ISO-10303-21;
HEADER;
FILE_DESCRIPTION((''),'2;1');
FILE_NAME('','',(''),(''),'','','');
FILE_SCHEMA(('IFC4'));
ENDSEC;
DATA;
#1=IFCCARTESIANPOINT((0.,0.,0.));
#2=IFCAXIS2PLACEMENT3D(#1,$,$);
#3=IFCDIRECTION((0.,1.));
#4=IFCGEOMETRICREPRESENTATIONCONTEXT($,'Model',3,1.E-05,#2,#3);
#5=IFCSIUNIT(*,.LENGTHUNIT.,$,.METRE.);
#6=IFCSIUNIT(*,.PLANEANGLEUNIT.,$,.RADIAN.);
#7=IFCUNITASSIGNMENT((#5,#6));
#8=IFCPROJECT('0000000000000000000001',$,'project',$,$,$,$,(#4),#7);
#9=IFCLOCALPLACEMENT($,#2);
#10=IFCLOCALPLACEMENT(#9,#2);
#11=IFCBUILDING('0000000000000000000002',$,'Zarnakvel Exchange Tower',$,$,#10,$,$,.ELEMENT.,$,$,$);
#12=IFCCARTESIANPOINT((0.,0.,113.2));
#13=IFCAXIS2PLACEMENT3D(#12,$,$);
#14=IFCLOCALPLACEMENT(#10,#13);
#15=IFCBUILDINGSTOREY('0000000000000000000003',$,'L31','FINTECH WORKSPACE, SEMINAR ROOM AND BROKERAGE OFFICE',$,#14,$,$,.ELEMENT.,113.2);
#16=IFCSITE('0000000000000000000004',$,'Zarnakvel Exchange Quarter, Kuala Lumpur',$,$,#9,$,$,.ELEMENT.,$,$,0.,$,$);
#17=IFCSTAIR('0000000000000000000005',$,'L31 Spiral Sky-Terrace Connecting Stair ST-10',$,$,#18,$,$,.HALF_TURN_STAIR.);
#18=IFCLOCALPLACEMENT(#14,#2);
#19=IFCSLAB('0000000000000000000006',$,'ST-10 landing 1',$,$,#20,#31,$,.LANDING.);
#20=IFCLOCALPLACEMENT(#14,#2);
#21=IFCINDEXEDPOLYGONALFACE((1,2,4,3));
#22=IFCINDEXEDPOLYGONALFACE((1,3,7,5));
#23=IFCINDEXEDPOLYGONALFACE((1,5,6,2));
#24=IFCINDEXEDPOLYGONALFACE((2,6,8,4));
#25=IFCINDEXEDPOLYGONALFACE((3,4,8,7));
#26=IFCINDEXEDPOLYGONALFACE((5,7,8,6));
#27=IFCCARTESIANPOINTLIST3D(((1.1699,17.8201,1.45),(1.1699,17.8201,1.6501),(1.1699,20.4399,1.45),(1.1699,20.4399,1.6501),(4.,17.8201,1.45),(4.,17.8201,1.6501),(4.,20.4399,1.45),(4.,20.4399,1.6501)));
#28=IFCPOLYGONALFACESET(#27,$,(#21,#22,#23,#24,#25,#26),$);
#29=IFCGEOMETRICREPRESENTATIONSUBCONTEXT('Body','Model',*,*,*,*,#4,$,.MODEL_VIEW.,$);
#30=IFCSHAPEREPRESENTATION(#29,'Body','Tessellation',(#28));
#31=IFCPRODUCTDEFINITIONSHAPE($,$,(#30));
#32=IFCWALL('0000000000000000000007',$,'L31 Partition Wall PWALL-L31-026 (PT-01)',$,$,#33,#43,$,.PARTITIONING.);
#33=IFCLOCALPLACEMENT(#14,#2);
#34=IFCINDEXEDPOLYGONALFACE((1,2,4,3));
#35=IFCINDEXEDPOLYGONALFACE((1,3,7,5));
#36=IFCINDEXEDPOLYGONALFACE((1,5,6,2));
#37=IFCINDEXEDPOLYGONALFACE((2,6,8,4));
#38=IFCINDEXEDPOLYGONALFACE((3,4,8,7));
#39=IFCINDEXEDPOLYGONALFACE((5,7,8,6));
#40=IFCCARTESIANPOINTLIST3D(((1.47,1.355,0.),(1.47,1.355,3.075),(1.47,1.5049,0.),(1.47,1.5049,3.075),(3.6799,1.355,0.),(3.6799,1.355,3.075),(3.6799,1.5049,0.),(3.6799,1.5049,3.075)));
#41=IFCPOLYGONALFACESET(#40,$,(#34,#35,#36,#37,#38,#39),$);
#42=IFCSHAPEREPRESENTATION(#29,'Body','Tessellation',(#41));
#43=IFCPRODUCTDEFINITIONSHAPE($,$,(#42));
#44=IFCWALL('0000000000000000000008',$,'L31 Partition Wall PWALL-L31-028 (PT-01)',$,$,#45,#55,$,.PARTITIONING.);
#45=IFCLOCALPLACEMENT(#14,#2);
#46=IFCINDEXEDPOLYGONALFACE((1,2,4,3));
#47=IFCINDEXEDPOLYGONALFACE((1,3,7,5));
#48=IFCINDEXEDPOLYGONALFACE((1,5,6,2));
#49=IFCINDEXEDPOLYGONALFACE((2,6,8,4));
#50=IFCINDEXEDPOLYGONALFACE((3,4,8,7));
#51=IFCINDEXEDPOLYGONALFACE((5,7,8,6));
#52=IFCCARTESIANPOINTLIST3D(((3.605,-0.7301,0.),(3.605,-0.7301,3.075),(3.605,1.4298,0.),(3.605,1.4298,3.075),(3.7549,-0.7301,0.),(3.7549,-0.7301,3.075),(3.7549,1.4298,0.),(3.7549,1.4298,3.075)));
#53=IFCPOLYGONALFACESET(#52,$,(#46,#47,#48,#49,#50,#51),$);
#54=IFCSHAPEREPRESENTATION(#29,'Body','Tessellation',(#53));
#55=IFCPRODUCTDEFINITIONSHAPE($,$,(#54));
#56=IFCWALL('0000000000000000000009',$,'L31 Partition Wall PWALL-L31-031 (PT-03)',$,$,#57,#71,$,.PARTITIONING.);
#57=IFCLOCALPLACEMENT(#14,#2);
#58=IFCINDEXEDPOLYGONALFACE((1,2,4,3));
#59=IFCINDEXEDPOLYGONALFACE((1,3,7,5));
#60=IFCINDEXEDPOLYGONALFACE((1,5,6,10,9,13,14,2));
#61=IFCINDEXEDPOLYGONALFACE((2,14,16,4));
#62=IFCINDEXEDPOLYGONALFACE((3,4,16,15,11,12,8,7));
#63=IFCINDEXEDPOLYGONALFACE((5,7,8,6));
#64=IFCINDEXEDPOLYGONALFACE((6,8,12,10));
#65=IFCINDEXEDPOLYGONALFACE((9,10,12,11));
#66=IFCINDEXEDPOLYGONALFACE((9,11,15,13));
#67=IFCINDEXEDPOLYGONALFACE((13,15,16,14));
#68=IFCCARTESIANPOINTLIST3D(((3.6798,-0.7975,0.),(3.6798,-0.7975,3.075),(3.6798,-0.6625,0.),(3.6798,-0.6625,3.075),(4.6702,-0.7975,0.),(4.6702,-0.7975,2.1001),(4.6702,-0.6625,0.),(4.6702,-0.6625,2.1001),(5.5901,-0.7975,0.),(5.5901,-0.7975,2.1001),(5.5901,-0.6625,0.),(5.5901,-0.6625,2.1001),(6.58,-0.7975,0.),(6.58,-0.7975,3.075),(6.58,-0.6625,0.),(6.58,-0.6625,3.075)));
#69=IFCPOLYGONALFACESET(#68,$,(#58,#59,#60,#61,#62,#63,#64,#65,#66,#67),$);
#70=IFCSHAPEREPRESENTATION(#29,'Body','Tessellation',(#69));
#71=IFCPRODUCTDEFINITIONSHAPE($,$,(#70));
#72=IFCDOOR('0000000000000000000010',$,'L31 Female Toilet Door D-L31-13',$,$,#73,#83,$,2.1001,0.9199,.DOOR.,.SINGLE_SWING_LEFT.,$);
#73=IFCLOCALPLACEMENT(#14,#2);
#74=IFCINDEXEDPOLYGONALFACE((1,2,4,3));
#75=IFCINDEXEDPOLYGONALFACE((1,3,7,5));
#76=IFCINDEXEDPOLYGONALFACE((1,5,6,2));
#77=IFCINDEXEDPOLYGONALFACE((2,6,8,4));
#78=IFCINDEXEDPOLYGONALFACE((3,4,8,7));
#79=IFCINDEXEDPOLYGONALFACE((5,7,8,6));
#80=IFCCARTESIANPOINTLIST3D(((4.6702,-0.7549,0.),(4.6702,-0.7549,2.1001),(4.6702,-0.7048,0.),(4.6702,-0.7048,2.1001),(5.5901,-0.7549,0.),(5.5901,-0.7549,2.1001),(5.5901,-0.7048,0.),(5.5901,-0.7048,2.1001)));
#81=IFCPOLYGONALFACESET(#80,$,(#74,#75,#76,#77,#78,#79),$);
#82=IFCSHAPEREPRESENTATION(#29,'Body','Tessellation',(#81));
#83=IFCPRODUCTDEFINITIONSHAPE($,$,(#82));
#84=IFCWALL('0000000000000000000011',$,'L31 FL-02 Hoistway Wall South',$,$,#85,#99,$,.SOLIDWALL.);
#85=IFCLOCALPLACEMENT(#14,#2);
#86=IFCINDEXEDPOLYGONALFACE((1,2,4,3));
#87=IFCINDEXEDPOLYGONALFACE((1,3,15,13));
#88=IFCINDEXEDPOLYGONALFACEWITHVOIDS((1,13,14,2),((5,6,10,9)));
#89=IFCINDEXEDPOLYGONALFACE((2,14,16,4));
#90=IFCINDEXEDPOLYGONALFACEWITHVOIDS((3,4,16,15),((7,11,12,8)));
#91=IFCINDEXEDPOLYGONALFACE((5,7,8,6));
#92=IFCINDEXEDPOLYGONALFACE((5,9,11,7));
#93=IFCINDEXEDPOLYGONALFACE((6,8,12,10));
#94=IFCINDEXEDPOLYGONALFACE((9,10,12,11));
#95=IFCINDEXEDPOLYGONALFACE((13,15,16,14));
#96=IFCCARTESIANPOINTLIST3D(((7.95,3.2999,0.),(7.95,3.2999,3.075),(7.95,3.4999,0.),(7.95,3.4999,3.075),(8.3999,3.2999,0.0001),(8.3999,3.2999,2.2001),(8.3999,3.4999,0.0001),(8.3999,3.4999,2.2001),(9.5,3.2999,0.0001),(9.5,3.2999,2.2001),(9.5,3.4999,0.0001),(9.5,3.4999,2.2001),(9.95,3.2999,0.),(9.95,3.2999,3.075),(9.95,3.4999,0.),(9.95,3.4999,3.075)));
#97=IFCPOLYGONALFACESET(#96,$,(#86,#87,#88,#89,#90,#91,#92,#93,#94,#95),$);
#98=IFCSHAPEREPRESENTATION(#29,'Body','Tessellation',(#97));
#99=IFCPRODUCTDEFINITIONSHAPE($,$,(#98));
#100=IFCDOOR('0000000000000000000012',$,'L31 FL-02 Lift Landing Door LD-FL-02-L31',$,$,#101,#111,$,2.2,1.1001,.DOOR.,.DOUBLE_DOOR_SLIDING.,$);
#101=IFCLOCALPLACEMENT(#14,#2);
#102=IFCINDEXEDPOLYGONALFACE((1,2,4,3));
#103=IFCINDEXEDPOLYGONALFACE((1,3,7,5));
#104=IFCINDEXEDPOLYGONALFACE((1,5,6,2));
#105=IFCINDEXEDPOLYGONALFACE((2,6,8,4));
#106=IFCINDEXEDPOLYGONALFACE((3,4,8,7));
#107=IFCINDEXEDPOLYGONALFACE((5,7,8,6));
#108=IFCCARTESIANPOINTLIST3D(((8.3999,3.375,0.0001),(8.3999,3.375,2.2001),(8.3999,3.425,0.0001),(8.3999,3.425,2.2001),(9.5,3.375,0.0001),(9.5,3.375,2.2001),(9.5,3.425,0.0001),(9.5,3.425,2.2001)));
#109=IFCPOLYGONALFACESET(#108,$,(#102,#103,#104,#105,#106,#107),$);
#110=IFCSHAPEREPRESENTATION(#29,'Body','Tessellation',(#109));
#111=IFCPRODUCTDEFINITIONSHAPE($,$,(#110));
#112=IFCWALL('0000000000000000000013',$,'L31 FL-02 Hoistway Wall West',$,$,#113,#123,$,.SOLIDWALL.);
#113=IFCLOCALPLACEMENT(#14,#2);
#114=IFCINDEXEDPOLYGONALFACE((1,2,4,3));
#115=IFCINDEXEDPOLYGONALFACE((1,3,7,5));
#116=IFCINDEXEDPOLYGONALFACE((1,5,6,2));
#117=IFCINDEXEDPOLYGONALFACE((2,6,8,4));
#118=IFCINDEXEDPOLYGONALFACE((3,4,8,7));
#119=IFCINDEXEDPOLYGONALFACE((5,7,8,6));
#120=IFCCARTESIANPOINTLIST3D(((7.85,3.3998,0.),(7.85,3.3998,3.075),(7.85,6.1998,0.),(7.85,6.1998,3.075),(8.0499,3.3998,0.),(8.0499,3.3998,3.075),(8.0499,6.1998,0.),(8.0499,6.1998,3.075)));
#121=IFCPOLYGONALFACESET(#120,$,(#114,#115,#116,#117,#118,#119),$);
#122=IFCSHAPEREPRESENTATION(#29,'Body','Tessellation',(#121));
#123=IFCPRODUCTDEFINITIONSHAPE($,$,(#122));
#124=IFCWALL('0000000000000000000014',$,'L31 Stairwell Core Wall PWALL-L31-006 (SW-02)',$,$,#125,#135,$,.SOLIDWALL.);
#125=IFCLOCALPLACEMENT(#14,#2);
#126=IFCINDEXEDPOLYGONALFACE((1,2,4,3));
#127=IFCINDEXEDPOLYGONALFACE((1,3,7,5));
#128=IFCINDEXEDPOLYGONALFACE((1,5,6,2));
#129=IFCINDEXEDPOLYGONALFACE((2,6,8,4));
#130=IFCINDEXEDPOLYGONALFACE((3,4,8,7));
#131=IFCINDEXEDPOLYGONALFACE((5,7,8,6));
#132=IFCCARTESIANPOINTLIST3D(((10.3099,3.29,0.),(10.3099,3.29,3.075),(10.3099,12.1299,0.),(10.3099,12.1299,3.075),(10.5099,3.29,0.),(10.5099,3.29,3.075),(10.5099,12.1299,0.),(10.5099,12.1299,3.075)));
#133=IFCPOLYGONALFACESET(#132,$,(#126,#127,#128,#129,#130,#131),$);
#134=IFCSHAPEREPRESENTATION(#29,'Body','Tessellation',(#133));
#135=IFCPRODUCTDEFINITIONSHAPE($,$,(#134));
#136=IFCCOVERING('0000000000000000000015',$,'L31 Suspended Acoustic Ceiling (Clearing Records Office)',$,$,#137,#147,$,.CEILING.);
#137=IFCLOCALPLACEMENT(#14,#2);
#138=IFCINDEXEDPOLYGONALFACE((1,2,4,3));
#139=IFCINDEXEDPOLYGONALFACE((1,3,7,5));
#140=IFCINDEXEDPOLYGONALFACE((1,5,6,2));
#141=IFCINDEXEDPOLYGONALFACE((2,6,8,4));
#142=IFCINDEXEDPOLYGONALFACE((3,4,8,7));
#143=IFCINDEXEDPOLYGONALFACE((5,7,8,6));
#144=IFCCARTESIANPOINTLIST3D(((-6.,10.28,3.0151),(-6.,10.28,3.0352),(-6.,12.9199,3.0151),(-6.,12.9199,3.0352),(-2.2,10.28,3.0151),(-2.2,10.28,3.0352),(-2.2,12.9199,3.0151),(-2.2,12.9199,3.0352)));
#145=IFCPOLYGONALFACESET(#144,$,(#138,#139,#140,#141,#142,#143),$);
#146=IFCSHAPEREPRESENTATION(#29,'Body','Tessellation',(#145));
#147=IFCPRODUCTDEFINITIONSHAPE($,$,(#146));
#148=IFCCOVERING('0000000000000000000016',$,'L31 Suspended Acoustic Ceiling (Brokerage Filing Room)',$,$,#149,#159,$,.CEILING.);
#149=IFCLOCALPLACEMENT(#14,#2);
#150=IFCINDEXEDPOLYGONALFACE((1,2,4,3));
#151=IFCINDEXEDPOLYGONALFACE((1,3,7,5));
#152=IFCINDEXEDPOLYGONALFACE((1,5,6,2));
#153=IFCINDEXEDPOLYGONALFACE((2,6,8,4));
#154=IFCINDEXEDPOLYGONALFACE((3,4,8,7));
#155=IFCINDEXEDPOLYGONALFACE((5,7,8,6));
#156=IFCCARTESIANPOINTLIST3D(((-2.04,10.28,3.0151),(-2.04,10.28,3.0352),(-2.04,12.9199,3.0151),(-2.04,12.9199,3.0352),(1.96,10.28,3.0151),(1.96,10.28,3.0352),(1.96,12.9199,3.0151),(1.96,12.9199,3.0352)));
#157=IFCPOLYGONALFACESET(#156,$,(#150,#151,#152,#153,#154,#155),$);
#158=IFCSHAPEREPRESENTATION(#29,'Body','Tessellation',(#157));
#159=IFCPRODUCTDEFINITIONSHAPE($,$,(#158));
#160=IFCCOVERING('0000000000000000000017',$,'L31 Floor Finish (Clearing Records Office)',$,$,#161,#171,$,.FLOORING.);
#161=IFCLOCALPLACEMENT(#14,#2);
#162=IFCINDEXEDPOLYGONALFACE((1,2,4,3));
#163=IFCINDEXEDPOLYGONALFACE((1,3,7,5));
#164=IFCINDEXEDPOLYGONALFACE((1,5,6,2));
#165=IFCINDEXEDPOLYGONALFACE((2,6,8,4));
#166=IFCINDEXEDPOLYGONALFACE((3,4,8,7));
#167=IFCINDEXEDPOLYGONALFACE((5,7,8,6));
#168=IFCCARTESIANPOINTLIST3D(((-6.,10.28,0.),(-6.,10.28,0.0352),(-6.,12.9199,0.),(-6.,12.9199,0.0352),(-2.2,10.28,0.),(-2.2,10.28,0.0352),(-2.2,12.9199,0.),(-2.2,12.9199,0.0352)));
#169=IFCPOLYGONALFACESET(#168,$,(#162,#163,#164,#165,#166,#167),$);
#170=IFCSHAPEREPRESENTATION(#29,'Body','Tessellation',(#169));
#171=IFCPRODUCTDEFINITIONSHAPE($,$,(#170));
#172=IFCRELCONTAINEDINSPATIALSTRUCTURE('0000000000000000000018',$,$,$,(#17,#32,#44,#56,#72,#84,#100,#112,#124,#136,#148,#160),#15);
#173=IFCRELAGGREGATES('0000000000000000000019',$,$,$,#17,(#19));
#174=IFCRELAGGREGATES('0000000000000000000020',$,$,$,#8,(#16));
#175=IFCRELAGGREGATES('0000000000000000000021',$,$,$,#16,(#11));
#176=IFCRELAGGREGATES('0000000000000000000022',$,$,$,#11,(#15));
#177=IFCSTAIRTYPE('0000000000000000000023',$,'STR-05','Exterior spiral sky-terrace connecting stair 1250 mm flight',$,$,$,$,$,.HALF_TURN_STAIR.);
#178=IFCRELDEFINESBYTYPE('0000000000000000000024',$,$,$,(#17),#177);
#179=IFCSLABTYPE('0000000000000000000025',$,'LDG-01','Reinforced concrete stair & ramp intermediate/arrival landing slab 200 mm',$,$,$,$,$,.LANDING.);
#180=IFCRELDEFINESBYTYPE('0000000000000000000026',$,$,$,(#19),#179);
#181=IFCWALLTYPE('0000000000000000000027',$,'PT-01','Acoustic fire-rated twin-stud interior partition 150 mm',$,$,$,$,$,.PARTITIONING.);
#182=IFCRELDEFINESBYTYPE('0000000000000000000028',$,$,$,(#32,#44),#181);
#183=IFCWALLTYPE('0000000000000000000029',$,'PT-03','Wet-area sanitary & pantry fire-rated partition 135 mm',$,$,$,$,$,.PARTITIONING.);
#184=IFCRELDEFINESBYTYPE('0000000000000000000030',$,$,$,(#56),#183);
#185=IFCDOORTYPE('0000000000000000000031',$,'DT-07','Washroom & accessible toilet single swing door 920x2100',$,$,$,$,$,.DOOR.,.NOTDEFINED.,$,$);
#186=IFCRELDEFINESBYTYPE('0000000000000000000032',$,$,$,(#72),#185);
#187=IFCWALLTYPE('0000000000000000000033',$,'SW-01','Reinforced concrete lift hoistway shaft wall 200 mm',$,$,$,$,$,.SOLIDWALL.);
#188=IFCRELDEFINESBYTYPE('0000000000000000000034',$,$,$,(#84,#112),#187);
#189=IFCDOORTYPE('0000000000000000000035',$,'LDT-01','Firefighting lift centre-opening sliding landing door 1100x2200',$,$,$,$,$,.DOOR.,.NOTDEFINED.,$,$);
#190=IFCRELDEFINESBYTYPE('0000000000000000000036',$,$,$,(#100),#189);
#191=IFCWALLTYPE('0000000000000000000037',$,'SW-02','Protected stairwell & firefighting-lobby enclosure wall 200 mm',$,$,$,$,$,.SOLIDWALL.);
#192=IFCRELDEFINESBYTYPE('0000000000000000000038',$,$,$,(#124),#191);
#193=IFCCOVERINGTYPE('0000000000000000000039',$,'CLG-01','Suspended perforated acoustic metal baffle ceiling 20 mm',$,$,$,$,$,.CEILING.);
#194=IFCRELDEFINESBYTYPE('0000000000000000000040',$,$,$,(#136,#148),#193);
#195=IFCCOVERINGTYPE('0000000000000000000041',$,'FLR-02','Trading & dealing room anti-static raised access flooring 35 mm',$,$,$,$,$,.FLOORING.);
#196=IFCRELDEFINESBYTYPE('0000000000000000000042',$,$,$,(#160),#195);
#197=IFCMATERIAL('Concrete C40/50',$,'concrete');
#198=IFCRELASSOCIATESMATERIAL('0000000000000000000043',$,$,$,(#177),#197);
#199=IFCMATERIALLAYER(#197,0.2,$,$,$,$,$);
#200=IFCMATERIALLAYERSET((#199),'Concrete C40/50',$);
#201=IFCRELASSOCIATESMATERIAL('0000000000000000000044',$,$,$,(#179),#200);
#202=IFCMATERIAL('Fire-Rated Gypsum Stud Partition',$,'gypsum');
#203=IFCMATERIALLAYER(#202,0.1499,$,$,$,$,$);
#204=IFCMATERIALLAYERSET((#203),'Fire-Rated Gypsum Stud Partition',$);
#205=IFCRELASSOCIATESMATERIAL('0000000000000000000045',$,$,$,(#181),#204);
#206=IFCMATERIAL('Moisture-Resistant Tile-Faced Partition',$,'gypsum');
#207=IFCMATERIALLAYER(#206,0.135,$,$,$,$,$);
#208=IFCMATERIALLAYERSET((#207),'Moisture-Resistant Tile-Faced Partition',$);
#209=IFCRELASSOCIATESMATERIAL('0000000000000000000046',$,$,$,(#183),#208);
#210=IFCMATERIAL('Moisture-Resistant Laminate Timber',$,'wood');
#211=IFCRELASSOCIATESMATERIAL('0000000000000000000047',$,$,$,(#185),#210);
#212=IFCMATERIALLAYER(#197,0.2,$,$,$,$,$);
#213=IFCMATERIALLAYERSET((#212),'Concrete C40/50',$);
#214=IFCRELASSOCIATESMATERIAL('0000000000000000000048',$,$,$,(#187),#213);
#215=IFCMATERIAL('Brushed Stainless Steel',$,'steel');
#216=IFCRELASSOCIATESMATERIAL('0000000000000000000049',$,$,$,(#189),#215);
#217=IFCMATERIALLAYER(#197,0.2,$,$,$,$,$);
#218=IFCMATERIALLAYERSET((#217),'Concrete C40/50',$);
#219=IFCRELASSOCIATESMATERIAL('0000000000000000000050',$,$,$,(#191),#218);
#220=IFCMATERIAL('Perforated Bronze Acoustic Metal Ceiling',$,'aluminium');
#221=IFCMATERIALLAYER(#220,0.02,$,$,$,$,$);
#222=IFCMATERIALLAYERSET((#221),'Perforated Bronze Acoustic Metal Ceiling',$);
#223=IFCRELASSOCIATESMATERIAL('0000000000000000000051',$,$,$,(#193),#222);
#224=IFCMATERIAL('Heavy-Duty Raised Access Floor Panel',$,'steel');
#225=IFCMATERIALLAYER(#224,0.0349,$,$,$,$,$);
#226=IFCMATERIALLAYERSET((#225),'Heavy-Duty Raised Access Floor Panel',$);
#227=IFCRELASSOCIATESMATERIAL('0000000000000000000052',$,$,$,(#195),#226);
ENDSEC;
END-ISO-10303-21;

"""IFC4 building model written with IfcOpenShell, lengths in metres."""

from ifc_helpers import new_model, si_unit, direction, frame, frame_2d, origin, place, context, subcontext, project, spatial, polyline, rectangle, outline, extrude, source, transform, mapped, material, layer, layer_set, type_object, element, fill, aggregate, save


model = new_model("IFC4")

# Units and contexts
model_context = context("Model", 3, precision=1e-05, world=origin(), true_north=direction((0.0, 1.0)))
body_context = subcontext(model_context, "Body", "Model", "MODEL_VIEW")
ifc_project = project(units=[si_unit("LENGTHUNIT", "METRE"), si_unit("PLANEANGLEUNIT", "RADIAN")], contexts=[model_context])

# Site, building, storey
site_placement = place(None, origin())
site = spatial("IfcSite", under=ifc_project, at=site_placement, Name="Zarnakvel Exchange Quarter, Kuala Lumpur", CompositionType="ELEMENT", RefElevation=0.0)
building_placement = place(site_placement, origin())
building = spatial("IfcBuilding", under=site, at=building_placement, Name="Zarnakvel Exchange Tower", CompositionType="ELEMENT")
storey_placement = place(building_placement, frame((0.0, 0.0, 113.2)))
storey = spatial("IfcBuildingStorey", under=building, at=storey_placement, Name="L31", Description="FINTECH WORKSPACE, SEMINAR ROOM AND BROKERAGE OFFICE", CompositionType="ELEMENT", Elevation=113.2)

# Stair, slab
ifc_material_1 = material(Name="Concrete C40/50", Category="concrete")
stair_type = type_object("IfcStairType", Name="STR-05", Description="Exterior spiral sky-terrace connecting stair 1250 mm flight", PredefinedType="HALF_TURN_STAIR", material=ifc_material_1)
stair_placement = place(storey_placement, origin())
stair = element("IfcStair", 1, at=stair_placement, inside=storey, type_object=stair_type, Name="L31 Spiral Sky-Terrace Connecting Stair ST-10", PredefinedType="HALF_TURN_STAIR")
ifc_layer_1 = layer(ifc_material_1, 0.2)
ifc_layer_set_1 = layer_set([ifc_layer_1], Name="Concrete C40/50")
slab_type = type_object("IfcSlabType", Name="LDG-01", Description="Reinforced concrete stair & ramp intermediate/arrival landing slab 200 mm", PredefinedType="LANDING", material=ifc_layer_set_1)
slab_placement = place(storey_placement, frame((0.0, 0.0, 1.45)))
slab = element("IfcSlab", 2, at=slab_placement, type_object=slab_type, Name="ST-10 landing 1", PredefinedType="LANDING", context=body_context, shape_type="SweptSolid", body=[
    extrude(outline(polyline([(1.1699, 17.8201), (4.0, 17.8201), (4.0, 20.4399), (1.1699, 20.4399), (1.1699, 17.8201)])), origin(), (0.0, 0.0, 1.0), 0.2002),
])
aggregate(stair, [slab])

# Walls
ifc_material_2 = material(Name="Fire-Rated Gypsum Stud Partition", Category="gypsum")
ifc_layer_2 = layer(ifc_material_2, 0.1499)
ifc_layer_set_2 = layer_set([ifc_layer_2], Name="Fire-Rated Gypsum Stud Partition")
wall_type_1 = type_object("IfcWallType", Name="PT-01", Description="Acoustic fire-rated twin-stud interior partition 150 mm", PredefinedType="PARTITIONING", material=ifc_layer_set_2)
wall_1_placement = place(storey_placement, frame((1.47, 1.4299, 0.0), z_axis=(0.0, 0.0, 1.0), x_axis=(1.0, 0.0, 0.0)))
element("IfcWall", 3, at=wall_1_placement, inside=storey, type_object=wall_type_1, Name="L31 Partition Wall PWALL-L31-026 (PT-01)", PredefinedType="PARTITIONING", context=body_context, shape_type="SweptSolid", body=[
    extrude(rectangle(XDim=2.21, YDim=0.1499, at=frame_2d((1.105, 0.0))), origin(), (0.0, 0.0, 1.0), 3.075),
])
wall_2_placement = place(storey_placement, frame((3.6799, 1.4299, 0.0), z_axis=(0.0, 0.0, 1.0), x_axis=(0.0, -1.0, 0.0)))
element("IfcWall", 4, at=wall_2_placement, inside=storey, type_object=wall_type_1, Name="L31 Partition Wall PWALL-L31-028 (PT-01)", PredefinedType="PARTITIONING", context=body_context, shape_type="SweptSolid", body=[
    extrude(rectangle(XDim=2.1599, YDim=0.1499, at=frame_2d((1.0801, 0.0))), origin(), (0.0, 0.0, 1.0), 3.075),
])

# Walls, openings, doors
ifc_material_3 = material(Name="Moisture-Resistant Tile-Faced Partition", Category="gypsum")
ifc_layer_3 = layer(ifc_material_3, 0.135)
ifc_layer_set_3 = layer_set([ifc_layer_3], Name="Moisture-Resistant Tile-Faced Partition")
wall_type_2 = type_object("IfcWallType", Name="PT-03", Description="Wet-area sanitary & pantry fire-rated partition 135 mm", PredefinedType="PARTITIONING", material=ifc_layer_set_3)
wall_3_placement = place(storey_placement, frame((6.5801, -0.73, 0.0), z_axis=(0.0, 0.0, 1.0), x_axis=(-1.0, 0.0, 0.0)))
wall_3 = element("IfcWall", 5, at=wall_3_placement, inside=storey, type_object=wall_type_2, Name="L31 Partition Wall PWALL-L31-031 (PT-03)", PredefinedType="PARTITIONING", context=body_context, shape_type="SweptSolid", body=[
    extrude(rectangle(XDim=2.9001, YDim=0.135, at=frame_2d((1.4502, 0.0))), origin(), (0.0, 0.0, 1.0), 3.075),
])
opening_1_placement = place(wall_3_placement, frame((0.99, 0.0, 0.0)))
opening_1 = element("IfcOpeningElement", 6, at=opening_1_placement, cuts=wall_3, PredefinedType="OPENING", context=body_context, shape_type="SweptSolid", body=[
    extrude(rectangle(XDim=0.9199, YDim=2.1001, at=frame_2d((0.46, 1.05))), frame((0.0, 0.0774, 0.0), z_axis=(0.0, -1.0, 0.0), x_axis=(1.0, 0.0, 0.0)), (0.0, 0.0, 1.0), 0.155),
])
ifc_material_4 = material(Name="Moisture-Resistant Laminate Timber", Category="wood")
door_type_1 = type_object("IfcDoorType", Name="DT-07", Description="Washroom & accessible toilet single swing door 920x2100", OperationType="NOTDEFINED", PredefinedType="DOOR", material=ifc_material_4)
shared_shape_1 = source(origin(), body_context, "Body", "SweptSolid", [
    extrude(rectangle(XDim=0.9199, YDim=2.1001, at=frame_2d((0.46, 1.05))), frame((0.0, 0.0249, 0.0), z_axis=(0.0, -1.0, 0.0), x_axis=(1.0, 0.0, 0.0)), (0.0, 0.0, 1.0), 0.05),
])
door_1_placement = place(opening_1_placement, origin())
door_1 = element("IfcDoor", 7, at=door_1_placement, inside=storey, type_object=door_type_1, Name="L31 Female Toilet Door D-L31-13", OperationType="SINGLE_SWING_LEFT", OverallHeight=2.1001, OverallWidth=0.9199, PredefinedType="DOOR", context=body_context, shape_type="MappedRepresentation", body=[
    mapped(shared_shape_1, transform((0.0, 0.0, 0.0), x_axis=(1.0, 0.0, 0.0), y_axis=(0.0, 1.0, 0.0), z_axis=(0.0, 0.0, 1.0), scale=1.0)),
])
fill(opening_1, door_1)
ifc_layer_4 = layer(ifc_material_1, 0.2)
ifc_layer_set_4 = layer_set([ifc_layer_4], Name="Concrete C40/50")
wall_type_3 = type_object("IfcWallType", Name="SW-01", Description="Reinforced concrete lift hoistway shaft wall 200 mm", PredefinedType="SOLIDWALL", material=ifc_layer_set_4)
wall_4_placement = place(storey_placement, frame((9.95, 3.3999, 0.0), z_axis=(0.0, 0.0, 1.0), x_axis=(-1.0, 0.0, 0.0)))
wall_4 = element("IfcWall", 8, at=wall_4_placement, inside=storey, type_object=wall_type_3, Name="L31 FL-02 Hoistway Wall South", PredefinedType="SOLIDWALL", context=body_context, shape_type="SweptSolid", body=[
    extrude(rectangle(XDim=2.0, YDim=0.2, at=frame_2d((1.0, 0.0))), origin(), (0.0, 0.0, 1.0), 3.075),
])
opening_2_placement = place(wall_4_placement, frame((0.45, 0.0, 0.0)))
opening_2 = element("IfcOpeningElement", 9, at=opening_2_placement, cuts=wall_4, PredefinedType="OPENING", context=body_context, shape_type="SweptSolid", body=[
    extrude(rectangle(XDim=1.1001, YDim=2.2, at=frame_2d((0.55, 1.1001))), frame((0.0, 0.1099, 0.0), z_axis=(0.0, -1.0, 0.0), x_axis=(1.0, 0.0, 0.0)), (0.0, 0.0, 1.0), 0.22),
])
ifc_material_5 = material(Name="Brushed Stainless Steel", Category="steel")
door_type_2 = type_object("IfcDoorType", Name="LDT-01", Description="Firefighting lift centre-opening sliding landing door 1100x2200", OperationType="NOTDEFINED", PredefinedType="DOOR", material=ifc_material_5)
shared_shape_2 = source(origin(), body_context, "Body", "SweptSolid", [
    extrude(rectangle(XDim=1.1001, YDim=2.2, at=frame_2d((0.55, 1.1001))), frame((0.0, 0.0249, 0.0), z_axis=(0.0, -1.0, 0.0), x_axis=(1.0, 0.0, 0.0)), (0.0, 0.0, 1.0), 0.05),
])
door_2_placement = place(opening_2_placement, origin())
door_2 = element("IfcDoor", 10, at=door_2_placement, inside=storey, type_object=door_type_2, Name="L31 FL-02 Lift Landing Door LD-FL-02-L31", OperationType="DOUBLE_DOOR_SLIDING", OverallHeight=2.2, OverallWidth=1.1001, PredefinedType="DOOR", context=body_context, shape_type="MappedRepresentation", body=[
    mapped(shared_shape_2, transform((0.0, 0.0, 0.0), x_axis=(1.0, 0.0, 0.0), y_axis=(0.0, 1.0, 0.0), z_axis=(0.0, 0.0, 1.0), scale=1.0)),
])
fill(opening_2, door_2)

# Wall
wall_5_placement = place(storey_placement, frame((7.95, 3.3999, 0.0), z_axis=(0.0, 0.0, 1.0), x_axis=(0.0, 1.0, 0.0)))
element("IfcWall", 11, at=wall_5_placement, inside=storey, type_object=wall_type_3, Name="L31 FL-02 Hoistway Wall West", PredefinedType="SOLIDWALL", context=body_context, shape_type="SweptSolid", body=[
    extrude(rectangle(XDim=2.8, YDim=0.2, at=frame_2d((1.3999, 0.0))), origin(), (0.0, 0.0, 1.0), 3.075),
])

# Shared definitions
ifc_layer_5 = layer(ifc_material_1, 0.2)
ifc_layer_set_5 = layer_set([ifc_layer_5], Name="Concrete C40/50")
wall_type_4 = type_object("IfcWallType", Name="SW-02", Description="Protected stairwell & firefighting-lobby enclosure wall 200 mm", PredefinedType="SOLIDWALL", material=ifc_layer_set_5)

# Wall
wall_6_placement = place(storey_placement, frame((10.4099, 3.29, 0.0), z_axis=(0.0, 0.0, 1.0), x_axis=(0.0, 1.0, 0.0)))
element("IfcWall", 12, at=wall_6_placement, inside=storey, type_object=wall_type_4, Name="L31 Stairwell Core Wall PWALL-L31-006 (SW-02)", PredefinedType="SOLIDWALL", context=body_context, shape_type="SweptSolid", body=[
    extrude(rectangle(XDim=8.8398, YDim=0.2, at=frame_2d((4.4199, 0.0))), origin(), (0.0, 0.0, 1.0), 3.075),
])

# Coverings
ifc_material_6 = material(Name="Perforated Bronze Acoustic Metal Ceiling", Category="aluminium")
ifc_layer_6 = layer(ifc_material_6, 0.02)
ifc_layer_set_6 = layer_set([ifc_layer_6], Name="Perforated Bronze Acoustic Metal Ceiling")
covering_type_1 = type_object("IfcCoveringType", Name="CLG-01", Description="Suspended perforated acoustic metal baffle ceiling 20 mm", PredefinedType="CEILING", material=ifc_layer_set_6)
covering_1_placement = place(storey_placement, frame((0.0, 0.0, 3.0151)))
element("IfcCovering", 13, at=covering_1_placement, inside=storey, type_object=covering_type_1, Name="L31 Suspended Acoustic Ceiling (Clearing Records Office)", PredefinedType="CEILING", context=body_context, shape_type="SweptSolid", body=[
    extrude(outline(polyline([(-6.0, 12.9199), (-2.2, 12.9199), (-2.2, 10.28), (-6.0, 10.28), (-6.0, 12.9199)])), origin(), (0.0, 0.0, 1.0), 0.02),
])
covering_2_placement = place(storey_placement, frame((0.0, 0.0, 3.0151)))
element("IfcCovering", 14, at=covering_2_placement, inside=storey, type_object=covering_type_1, Name="L31 Suspended Acoustic Ceiling (Brokerage Filing Room)", PredefinedType="CEILING", context=body_context, shape_type="SweptSolid", body=[
    extrude(outline(polyline([(-2.04, 12.9199), (1.96, 12.9199), (1.96, 10.28), (-2.04, 10.28), (-2.04, 12.9199)])), origin(), (0.0, 0.0, 1.0), 0.02),
])
ifc_material_7 = material(Name="Heavy-Duty Raised Access Floor Panel", Category="steel")
ifc_layer_7 = layer(ifc_material_7, 0.0349)
ifc_layer_set_7 = layer_set([ifc_layer_7], Name="Heavy-Duty Raised Access Floor Panel")
covering_type_2 = type_object("IfcCoveringType", Name="FLR-02", Description="Trading & dealing room anti-static raised access flooring 35 mm", PredefinedType="FLOORING", material=ifc_layer_set_7)
covering_3_placement = place(storey_placement, origin())
element("IfcCovering", 15, at=covering_3_placement, inside=storey, type_object=covering_type_2, Name="L31 Floor Finish (Clearing Records Office)", PredefinedType="FLOORING", context=body_context, shape_type="SweptSolid", body=[
    extrude(outline(polyline([(-6.0, 12.9199), (-2.2, 12.9199), (-2.2, 10.28), (-6.0, 10.28), (-6.0, 12.9199)])), origin(), (0.0, 0.0, 1.0), 0.0352),
])

save(model, "model.ifc")
